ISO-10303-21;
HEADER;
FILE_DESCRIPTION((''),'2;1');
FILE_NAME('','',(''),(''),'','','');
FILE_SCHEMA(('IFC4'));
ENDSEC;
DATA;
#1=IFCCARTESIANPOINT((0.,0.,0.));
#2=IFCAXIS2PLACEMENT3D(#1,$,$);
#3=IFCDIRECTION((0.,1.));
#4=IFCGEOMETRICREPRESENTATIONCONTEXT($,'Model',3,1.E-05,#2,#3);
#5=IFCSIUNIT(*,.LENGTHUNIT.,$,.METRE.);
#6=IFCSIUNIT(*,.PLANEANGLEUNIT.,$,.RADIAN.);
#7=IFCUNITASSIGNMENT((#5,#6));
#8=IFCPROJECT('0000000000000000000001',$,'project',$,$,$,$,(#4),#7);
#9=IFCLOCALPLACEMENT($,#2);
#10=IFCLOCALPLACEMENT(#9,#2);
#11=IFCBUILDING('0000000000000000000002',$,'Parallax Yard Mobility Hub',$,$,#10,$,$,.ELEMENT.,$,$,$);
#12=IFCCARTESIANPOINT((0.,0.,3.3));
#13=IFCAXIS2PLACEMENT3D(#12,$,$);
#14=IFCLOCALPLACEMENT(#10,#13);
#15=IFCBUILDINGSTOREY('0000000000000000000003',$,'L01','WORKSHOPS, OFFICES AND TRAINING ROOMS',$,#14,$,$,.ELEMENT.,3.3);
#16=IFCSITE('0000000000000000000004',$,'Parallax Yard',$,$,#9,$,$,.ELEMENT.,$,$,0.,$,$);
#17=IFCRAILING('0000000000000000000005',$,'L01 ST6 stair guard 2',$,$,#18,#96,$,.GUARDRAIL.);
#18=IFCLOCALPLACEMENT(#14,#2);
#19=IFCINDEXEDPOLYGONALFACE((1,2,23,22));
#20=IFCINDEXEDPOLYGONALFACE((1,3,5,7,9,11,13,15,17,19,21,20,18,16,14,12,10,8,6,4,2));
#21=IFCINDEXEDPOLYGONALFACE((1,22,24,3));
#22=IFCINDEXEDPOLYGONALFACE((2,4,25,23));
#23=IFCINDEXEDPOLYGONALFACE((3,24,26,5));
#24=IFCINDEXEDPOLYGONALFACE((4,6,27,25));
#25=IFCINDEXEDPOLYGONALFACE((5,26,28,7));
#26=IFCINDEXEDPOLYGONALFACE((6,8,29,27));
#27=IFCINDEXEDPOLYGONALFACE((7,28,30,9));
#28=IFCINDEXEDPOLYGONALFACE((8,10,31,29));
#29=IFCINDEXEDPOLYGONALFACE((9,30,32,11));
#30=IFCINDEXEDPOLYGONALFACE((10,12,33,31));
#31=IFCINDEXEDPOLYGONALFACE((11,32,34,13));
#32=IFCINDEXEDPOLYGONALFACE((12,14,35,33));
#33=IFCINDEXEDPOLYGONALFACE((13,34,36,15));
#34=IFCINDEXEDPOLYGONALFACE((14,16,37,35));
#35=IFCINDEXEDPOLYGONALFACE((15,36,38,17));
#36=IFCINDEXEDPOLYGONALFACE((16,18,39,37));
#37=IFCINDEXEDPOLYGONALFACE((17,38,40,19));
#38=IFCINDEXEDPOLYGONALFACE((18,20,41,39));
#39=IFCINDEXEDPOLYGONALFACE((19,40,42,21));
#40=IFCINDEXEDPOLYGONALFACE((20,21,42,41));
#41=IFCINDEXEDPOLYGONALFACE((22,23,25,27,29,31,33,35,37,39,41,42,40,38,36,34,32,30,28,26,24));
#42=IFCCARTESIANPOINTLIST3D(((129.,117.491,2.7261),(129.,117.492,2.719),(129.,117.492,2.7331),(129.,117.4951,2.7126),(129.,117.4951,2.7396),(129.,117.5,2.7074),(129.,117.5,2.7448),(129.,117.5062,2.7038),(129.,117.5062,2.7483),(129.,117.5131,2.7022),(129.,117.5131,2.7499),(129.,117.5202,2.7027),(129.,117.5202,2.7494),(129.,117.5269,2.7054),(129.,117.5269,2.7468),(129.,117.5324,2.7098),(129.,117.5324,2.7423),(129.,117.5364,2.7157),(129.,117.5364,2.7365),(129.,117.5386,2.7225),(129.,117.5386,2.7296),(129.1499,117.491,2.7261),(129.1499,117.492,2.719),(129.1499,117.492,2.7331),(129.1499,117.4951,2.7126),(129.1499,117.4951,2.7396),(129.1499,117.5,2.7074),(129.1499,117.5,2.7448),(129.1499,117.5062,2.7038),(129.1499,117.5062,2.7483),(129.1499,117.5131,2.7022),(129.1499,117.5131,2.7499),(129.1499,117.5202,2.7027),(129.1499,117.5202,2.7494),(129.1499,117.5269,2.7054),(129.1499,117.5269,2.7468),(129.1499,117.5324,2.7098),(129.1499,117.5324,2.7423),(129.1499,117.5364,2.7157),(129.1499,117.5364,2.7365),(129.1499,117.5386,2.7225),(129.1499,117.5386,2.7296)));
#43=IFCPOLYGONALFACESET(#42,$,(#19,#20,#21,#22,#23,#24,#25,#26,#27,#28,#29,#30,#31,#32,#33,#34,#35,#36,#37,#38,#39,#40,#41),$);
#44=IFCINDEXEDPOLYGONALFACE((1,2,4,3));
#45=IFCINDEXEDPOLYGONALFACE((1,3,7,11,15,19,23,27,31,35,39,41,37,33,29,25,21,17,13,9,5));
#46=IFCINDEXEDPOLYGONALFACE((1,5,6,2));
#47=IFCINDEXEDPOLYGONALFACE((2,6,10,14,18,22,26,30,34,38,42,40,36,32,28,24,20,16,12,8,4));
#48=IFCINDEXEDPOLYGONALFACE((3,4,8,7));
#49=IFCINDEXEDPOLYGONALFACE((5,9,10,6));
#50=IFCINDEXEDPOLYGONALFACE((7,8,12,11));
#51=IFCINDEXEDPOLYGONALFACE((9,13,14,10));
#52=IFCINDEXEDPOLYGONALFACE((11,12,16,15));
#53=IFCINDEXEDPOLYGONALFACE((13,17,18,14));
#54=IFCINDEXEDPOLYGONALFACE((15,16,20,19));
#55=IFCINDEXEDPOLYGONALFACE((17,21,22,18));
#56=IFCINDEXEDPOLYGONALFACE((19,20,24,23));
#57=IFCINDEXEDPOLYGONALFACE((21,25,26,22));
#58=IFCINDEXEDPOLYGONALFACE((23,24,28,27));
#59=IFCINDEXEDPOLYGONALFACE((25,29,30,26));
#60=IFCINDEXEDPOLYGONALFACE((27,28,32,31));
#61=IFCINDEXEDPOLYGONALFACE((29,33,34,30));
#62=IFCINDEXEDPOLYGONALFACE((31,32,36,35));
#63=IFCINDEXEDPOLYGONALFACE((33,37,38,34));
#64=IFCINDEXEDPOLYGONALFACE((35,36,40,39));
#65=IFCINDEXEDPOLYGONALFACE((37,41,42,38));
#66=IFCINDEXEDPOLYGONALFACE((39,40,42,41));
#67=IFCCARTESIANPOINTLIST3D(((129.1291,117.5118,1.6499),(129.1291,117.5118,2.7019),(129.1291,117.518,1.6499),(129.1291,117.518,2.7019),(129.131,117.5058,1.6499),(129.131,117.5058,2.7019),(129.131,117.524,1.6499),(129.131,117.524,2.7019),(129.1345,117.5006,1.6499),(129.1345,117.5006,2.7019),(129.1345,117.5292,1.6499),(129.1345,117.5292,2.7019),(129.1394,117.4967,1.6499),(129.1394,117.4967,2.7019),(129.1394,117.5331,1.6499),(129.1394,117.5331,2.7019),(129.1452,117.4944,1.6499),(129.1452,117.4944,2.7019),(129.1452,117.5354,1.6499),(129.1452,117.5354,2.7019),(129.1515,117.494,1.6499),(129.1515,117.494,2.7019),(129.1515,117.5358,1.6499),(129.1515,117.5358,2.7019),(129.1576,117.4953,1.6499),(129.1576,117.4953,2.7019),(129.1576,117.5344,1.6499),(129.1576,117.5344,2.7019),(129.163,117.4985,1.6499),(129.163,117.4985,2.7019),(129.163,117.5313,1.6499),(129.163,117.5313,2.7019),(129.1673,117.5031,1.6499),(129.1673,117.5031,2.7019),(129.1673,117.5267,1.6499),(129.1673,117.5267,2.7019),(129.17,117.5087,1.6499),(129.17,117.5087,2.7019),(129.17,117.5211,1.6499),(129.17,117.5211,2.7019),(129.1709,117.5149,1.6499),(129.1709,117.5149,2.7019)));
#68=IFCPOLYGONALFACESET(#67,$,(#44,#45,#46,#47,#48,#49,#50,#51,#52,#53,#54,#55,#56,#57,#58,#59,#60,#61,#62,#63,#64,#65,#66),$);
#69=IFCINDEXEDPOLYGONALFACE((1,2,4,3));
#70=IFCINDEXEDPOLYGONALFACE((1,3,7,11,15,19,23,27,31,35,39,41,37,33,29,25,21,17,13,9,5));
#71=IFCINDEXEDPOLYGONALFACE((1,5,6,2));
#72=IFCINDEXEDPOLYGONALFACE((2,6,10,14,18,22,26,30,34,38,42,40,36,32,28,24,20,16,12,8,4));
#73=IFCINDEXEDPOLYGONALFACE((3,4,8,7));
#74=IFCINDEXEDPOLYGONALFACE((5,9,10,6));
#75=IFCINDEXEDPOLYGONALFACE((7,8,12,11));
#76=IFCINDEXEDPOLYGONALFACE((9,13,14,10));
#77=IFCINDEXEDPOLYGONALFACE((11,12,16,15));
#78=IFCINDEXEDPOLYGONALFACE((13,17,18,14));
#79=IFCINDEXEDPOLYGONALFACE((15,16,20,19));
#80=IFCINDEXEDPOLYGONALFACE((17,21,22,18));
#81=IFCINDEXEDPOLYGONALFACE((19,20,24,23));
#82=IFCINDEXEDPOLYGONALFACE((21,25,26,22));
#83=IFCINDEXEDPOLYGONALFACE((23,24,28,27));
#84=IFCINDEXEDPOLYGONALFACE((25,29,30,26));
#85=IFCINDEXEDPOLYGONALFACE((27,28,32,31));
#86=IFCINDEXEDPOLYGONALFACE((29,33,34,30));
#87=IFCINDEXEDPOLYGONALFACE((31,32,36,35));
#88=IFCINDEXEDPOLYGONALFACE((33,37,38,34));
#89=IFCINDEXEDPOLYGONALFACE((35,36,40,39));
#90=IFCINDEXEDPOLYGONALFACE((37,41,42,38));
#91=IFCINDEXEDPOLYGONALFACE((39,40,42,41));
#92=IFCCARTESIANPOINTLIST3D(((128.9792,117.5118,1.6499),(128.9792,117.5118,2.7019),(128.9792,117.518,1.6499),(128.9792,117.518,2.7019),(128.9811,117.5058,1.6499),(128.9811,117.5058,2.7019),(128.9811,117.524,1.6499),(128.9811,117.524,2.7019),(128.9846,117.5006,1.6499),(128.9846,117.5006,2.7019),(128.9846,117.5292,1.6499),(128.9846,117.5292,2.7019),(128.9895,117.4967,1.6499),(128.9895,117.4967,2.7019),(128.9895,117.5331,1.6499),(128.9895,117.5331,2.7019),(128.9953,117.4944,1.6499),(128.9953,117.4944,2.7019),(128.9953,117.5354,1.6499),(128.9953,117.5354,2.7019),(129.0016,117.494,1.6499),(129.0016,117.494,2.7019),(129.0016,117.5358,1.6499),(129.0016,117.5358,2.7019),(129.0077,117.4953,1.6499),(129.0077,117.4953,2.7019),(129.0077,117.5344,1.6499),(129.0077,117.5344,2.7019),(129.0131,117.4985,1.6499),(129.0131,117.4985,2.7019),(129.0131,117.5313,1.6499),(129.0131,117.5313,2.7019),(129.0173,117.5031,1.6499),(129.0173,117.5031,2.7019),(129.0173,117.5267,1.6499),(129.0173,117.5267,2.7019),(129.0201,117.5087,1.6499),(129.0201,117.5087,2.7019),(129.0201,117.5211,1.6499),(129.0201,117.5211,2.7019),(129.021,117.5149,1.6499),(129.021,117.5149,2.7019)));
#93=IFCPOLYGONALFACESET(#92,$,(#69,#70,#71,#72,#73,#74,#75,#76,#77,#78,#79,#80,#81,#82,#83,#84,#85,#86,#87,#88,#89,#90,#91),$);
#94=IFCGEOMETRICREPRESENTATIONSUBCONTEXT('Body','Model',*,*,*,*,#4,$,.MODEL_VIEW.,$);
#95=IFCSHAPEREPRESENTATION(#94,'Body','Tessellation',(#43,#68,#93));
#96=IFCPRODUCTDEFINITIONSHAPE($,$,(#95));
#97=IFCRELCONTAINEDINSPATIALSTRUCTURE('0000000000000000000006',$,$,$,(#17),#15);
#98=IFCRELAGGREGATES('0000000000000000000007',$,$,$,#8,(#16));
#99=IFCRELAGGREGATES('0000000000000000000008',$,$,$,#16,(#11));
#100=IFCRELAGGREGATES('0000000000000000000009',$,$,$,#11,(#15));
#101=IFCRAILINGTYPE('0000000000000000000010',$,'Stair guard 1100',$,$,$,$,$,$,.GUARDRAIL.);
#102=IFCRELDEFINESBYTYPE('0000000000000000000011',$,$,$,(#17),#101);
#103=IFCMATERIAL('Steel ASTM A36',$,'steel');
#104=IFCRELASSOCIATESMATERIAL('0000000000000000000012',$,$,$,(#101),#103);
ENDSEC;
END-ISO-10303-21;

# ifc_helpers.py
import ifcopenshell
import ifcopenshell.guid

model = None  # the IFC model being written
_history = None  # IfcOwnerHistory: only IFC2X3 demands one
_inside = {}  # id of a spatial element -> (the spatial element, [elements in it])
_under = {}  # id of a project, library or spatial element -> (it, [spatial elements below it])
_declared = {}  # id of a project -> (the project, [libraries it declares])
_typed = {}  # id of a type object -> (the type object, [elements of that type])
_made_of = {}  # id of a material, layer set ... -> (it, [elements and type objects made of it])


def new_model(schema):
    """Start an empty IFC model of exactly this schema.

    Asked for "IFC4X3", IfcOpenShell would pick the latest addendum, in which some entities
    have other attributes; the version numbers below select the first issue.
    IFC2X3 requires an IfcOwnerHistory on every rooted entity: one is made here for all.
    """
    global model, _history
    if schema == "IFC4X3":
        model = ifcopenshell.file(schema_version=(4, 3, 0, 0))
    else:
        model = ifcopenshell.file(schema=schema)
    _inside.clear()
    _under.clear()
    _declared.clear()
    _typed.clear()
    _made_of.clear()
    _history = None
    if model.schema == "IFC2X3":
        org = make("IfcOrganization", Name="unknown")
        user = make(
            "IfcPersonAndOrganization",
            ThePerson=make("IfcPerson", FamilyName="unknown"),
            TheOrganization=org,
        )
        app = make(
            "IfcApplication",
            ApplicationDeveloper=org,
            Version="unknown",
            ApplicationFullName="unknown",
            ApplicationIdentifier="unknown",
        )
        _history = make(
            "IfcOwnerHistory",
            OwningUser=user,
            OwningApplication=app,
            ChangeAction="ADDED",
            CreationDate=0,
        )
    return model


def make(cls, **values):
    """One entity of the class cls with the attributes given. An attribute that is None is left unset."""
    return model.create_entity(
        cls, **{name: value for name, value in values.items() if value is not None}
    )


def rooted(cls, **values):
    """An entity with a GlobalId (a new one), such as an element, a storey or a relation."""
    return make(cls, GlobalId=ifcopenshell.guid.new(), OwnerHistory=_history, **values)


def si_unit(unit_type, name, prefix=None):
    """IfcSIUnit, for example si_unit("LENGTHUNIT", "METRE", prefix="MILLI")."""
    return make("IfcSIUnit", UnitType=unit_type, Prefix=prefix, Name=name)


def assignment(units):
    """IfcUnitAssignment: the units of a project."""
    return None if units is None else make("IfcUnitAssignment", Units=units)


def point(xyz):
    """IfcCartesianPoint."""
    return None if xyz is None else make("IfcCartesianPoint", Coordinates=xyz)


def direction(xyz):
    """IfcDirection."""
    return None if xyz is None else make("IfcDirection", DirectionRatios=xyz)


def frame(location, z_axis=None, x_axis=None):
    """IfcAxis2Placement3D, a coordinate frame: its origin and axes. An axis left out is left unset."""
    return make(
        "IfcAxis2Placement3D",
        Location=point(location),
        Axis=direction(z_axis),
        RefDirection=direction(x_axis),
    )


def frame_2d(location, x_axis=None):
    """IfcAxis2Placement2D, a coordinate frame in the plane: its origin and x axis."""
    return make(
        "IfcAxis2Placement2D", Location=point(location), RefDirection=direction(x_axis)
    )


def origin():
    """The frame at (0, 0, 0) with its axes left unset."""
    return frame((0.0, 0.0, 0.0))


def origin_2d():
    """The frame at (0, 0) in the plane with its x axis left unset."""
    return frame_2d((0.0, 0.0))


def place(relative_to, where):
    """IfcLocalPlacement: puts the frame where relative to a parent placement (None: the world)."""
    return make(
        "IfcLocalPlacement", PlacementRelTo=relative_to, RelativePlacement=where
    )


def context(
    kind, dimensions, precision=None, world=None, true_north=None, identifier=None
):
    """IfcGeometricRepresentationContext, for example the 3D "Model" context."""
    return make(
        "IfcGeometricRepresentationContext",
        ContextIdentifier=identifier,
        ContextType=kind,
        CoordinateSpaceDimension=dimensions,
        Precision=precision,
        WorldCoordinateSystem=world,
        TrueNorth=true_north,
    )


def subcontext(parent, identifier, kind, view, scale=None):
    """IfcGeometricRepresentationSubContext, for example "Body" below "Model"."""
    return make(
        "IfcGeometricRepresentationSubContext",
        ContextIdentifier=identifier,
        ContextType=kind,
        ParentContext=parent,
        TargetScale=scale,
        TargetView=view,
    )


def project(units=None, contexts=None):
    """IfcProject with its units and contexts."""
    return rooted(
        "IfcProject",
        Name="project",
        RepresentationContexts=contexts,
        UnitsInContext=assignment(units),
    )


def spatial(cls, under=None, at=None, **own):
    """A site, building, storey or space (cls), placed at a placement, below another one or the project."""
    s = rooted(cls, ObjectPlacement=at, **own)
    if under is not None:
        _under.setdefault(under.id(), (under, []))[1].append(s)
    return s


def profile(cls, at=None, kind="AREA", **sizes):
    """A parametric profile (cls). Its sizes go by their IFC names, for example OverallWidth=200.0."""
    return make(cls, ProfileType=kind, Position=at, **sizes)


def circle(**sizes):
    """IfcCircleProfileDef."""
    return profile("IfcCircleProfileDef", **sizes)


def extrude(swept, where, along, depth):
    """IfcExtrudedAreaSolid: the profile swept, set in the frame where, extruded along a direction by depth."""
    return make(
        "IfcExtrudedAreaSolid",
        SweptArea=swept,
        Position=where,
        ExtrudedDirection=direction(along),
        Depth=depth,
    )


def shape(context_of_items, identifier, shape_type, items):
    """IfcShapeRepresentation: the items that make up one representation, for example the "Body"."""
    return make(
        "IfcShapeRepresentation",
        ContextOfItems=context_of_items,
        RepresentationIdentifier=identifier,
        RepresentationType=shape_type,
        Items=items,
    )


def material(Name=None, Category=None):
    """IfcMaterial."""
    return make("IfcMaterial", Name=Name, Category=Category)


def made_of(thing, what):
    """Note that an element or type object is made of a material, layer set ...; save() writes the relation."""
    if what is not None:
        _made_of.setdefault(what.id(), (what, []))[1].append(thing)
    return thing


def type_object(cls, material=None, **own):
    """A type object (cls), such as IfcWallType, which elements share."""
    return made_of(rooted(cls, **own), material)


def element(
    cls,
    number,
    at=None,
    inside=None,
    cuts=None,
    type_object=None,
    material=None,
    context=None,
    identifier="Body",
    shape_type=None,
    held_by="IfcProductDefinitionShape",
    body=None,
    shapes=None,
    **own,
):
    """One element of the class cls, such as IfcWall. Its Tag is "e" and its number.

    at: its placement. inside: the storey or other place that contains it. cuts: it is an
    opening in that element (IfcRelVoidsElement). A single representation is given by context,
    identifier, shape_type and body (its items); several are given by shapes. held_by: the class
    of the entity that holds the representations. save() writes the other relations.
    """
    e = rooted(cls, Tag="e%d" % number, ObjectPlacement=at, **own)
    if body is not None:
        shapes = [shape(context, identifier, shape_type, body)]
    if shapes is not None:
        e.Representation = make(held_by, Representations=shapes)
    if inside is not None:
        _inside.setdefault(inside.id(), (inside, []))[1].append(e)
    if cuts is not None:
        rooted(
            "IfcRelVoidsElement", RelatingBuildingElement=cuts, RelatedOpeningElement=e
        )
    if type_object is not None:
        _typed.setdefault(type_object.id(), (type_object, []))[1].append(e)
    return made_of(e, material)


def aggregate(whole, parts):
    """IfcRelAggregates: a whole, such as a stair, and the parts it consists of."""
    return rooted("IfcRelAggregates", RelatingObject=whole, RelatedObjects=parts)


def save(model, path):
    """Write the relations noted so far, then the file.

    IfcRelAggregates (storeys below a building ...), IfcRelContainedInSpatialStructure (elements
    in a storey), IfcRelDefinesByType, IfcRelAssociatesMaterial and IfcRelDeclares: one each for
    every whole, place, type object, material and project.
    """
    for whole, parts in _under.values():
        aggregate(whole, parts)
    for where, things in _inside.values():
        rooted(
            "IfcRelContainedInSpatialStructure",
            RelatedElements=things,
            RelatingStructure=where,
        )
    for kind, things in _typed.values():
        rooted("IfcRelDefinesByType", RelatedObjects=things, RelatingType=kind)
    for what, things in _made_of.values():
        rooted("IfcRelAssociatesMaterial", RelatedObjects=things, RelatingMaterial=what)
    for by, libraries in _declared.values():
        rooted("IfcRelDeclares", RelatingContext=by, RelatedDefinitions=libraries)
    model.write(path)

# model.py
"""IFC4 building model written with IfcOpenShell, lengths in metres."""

from ifc_helpers import new_model, si_unit, direction, frame, origin, origin_2d, place, context, subcontext, project, spatial, circle, extrude, material, type_object, element, save


model = new_model("IFC4")

# Units and contexts
model_context = context("Model", 3, precision=1e-05, world=origin(), true_north=direction((0.0, 1.0)))
body_context = subcontext(model_context, "Body", "Model", "MODEL_VIEW")
ifc_project = project(units=[si_unit("LENGTHUNIT", "METRE"), si_unit("PLANEANGLEUNIT", "RADIAN")], contexts=[model_context])

# Site, building, storey
site_placement = place(None, origin())
site = spatial("IfcSite", under=ifc_project, at=site_placement, Name="Parallax Yard", CompositionType="ELEMENT", RefElevation=0.0)
building_placement = place(site_placement, origin())
building = spatial("IfcBuilding", under=site, at=building_placement, Name="Parallax Yard Mobility Hub", CompositionType="ELEMENT")
storey_placement = place(building_placement, frame((0.0, 0.0, 3.3)))
storey = spatial("IfcBuildingStorey", under=building, at=storey_placement, Name="L01", Description="WORKSHOPS, OFFICES AND TRAINING ROOMS", CompositionType="ELEMENT", Elevation=3.3)

# Railing
ifc_material_1 = material(Name="Steel ASTM A36", Category="steel")
railing_type_1 = type_object("IfcRailingType", Name="Stair guard 1100", PredefinedType="GUARDRAIL", material=ifc_material_1)
railing_1_placement = place(storey_placement, frame((129.1499, 117.5149, 1.6499)))
element("IfcRailing", 1, at=railing_1_placement, inside=storey, type_object=railing_type_1, Name="L01 ST6 stair guard 2", PredefinedType="GUARDRAIL", context=body_context, shape_type="SweptSolid", body=[
    extrude(circle(Radius=0.0239, at=origin_2d()), frame((0.0, 0.0, 1.0762), z_axis=(-1.0, 0.0, 0.0), x_axis=(0.0, -1.0, 0.0)), (0.0, 0.0, 1.0), 0.1499),
    extrude(circle(Radius=0.021, at=origin_2d()), origin(), (0.0, 0.0, 1.0), 1.052),
    extrude(circle(Radius=0.021, at=origin_2d()), frame((-0.1499, 0.0, 0.0)), (0.0, 0.0, 1.0), 1.052),
])

save(model, "model.ifc")
